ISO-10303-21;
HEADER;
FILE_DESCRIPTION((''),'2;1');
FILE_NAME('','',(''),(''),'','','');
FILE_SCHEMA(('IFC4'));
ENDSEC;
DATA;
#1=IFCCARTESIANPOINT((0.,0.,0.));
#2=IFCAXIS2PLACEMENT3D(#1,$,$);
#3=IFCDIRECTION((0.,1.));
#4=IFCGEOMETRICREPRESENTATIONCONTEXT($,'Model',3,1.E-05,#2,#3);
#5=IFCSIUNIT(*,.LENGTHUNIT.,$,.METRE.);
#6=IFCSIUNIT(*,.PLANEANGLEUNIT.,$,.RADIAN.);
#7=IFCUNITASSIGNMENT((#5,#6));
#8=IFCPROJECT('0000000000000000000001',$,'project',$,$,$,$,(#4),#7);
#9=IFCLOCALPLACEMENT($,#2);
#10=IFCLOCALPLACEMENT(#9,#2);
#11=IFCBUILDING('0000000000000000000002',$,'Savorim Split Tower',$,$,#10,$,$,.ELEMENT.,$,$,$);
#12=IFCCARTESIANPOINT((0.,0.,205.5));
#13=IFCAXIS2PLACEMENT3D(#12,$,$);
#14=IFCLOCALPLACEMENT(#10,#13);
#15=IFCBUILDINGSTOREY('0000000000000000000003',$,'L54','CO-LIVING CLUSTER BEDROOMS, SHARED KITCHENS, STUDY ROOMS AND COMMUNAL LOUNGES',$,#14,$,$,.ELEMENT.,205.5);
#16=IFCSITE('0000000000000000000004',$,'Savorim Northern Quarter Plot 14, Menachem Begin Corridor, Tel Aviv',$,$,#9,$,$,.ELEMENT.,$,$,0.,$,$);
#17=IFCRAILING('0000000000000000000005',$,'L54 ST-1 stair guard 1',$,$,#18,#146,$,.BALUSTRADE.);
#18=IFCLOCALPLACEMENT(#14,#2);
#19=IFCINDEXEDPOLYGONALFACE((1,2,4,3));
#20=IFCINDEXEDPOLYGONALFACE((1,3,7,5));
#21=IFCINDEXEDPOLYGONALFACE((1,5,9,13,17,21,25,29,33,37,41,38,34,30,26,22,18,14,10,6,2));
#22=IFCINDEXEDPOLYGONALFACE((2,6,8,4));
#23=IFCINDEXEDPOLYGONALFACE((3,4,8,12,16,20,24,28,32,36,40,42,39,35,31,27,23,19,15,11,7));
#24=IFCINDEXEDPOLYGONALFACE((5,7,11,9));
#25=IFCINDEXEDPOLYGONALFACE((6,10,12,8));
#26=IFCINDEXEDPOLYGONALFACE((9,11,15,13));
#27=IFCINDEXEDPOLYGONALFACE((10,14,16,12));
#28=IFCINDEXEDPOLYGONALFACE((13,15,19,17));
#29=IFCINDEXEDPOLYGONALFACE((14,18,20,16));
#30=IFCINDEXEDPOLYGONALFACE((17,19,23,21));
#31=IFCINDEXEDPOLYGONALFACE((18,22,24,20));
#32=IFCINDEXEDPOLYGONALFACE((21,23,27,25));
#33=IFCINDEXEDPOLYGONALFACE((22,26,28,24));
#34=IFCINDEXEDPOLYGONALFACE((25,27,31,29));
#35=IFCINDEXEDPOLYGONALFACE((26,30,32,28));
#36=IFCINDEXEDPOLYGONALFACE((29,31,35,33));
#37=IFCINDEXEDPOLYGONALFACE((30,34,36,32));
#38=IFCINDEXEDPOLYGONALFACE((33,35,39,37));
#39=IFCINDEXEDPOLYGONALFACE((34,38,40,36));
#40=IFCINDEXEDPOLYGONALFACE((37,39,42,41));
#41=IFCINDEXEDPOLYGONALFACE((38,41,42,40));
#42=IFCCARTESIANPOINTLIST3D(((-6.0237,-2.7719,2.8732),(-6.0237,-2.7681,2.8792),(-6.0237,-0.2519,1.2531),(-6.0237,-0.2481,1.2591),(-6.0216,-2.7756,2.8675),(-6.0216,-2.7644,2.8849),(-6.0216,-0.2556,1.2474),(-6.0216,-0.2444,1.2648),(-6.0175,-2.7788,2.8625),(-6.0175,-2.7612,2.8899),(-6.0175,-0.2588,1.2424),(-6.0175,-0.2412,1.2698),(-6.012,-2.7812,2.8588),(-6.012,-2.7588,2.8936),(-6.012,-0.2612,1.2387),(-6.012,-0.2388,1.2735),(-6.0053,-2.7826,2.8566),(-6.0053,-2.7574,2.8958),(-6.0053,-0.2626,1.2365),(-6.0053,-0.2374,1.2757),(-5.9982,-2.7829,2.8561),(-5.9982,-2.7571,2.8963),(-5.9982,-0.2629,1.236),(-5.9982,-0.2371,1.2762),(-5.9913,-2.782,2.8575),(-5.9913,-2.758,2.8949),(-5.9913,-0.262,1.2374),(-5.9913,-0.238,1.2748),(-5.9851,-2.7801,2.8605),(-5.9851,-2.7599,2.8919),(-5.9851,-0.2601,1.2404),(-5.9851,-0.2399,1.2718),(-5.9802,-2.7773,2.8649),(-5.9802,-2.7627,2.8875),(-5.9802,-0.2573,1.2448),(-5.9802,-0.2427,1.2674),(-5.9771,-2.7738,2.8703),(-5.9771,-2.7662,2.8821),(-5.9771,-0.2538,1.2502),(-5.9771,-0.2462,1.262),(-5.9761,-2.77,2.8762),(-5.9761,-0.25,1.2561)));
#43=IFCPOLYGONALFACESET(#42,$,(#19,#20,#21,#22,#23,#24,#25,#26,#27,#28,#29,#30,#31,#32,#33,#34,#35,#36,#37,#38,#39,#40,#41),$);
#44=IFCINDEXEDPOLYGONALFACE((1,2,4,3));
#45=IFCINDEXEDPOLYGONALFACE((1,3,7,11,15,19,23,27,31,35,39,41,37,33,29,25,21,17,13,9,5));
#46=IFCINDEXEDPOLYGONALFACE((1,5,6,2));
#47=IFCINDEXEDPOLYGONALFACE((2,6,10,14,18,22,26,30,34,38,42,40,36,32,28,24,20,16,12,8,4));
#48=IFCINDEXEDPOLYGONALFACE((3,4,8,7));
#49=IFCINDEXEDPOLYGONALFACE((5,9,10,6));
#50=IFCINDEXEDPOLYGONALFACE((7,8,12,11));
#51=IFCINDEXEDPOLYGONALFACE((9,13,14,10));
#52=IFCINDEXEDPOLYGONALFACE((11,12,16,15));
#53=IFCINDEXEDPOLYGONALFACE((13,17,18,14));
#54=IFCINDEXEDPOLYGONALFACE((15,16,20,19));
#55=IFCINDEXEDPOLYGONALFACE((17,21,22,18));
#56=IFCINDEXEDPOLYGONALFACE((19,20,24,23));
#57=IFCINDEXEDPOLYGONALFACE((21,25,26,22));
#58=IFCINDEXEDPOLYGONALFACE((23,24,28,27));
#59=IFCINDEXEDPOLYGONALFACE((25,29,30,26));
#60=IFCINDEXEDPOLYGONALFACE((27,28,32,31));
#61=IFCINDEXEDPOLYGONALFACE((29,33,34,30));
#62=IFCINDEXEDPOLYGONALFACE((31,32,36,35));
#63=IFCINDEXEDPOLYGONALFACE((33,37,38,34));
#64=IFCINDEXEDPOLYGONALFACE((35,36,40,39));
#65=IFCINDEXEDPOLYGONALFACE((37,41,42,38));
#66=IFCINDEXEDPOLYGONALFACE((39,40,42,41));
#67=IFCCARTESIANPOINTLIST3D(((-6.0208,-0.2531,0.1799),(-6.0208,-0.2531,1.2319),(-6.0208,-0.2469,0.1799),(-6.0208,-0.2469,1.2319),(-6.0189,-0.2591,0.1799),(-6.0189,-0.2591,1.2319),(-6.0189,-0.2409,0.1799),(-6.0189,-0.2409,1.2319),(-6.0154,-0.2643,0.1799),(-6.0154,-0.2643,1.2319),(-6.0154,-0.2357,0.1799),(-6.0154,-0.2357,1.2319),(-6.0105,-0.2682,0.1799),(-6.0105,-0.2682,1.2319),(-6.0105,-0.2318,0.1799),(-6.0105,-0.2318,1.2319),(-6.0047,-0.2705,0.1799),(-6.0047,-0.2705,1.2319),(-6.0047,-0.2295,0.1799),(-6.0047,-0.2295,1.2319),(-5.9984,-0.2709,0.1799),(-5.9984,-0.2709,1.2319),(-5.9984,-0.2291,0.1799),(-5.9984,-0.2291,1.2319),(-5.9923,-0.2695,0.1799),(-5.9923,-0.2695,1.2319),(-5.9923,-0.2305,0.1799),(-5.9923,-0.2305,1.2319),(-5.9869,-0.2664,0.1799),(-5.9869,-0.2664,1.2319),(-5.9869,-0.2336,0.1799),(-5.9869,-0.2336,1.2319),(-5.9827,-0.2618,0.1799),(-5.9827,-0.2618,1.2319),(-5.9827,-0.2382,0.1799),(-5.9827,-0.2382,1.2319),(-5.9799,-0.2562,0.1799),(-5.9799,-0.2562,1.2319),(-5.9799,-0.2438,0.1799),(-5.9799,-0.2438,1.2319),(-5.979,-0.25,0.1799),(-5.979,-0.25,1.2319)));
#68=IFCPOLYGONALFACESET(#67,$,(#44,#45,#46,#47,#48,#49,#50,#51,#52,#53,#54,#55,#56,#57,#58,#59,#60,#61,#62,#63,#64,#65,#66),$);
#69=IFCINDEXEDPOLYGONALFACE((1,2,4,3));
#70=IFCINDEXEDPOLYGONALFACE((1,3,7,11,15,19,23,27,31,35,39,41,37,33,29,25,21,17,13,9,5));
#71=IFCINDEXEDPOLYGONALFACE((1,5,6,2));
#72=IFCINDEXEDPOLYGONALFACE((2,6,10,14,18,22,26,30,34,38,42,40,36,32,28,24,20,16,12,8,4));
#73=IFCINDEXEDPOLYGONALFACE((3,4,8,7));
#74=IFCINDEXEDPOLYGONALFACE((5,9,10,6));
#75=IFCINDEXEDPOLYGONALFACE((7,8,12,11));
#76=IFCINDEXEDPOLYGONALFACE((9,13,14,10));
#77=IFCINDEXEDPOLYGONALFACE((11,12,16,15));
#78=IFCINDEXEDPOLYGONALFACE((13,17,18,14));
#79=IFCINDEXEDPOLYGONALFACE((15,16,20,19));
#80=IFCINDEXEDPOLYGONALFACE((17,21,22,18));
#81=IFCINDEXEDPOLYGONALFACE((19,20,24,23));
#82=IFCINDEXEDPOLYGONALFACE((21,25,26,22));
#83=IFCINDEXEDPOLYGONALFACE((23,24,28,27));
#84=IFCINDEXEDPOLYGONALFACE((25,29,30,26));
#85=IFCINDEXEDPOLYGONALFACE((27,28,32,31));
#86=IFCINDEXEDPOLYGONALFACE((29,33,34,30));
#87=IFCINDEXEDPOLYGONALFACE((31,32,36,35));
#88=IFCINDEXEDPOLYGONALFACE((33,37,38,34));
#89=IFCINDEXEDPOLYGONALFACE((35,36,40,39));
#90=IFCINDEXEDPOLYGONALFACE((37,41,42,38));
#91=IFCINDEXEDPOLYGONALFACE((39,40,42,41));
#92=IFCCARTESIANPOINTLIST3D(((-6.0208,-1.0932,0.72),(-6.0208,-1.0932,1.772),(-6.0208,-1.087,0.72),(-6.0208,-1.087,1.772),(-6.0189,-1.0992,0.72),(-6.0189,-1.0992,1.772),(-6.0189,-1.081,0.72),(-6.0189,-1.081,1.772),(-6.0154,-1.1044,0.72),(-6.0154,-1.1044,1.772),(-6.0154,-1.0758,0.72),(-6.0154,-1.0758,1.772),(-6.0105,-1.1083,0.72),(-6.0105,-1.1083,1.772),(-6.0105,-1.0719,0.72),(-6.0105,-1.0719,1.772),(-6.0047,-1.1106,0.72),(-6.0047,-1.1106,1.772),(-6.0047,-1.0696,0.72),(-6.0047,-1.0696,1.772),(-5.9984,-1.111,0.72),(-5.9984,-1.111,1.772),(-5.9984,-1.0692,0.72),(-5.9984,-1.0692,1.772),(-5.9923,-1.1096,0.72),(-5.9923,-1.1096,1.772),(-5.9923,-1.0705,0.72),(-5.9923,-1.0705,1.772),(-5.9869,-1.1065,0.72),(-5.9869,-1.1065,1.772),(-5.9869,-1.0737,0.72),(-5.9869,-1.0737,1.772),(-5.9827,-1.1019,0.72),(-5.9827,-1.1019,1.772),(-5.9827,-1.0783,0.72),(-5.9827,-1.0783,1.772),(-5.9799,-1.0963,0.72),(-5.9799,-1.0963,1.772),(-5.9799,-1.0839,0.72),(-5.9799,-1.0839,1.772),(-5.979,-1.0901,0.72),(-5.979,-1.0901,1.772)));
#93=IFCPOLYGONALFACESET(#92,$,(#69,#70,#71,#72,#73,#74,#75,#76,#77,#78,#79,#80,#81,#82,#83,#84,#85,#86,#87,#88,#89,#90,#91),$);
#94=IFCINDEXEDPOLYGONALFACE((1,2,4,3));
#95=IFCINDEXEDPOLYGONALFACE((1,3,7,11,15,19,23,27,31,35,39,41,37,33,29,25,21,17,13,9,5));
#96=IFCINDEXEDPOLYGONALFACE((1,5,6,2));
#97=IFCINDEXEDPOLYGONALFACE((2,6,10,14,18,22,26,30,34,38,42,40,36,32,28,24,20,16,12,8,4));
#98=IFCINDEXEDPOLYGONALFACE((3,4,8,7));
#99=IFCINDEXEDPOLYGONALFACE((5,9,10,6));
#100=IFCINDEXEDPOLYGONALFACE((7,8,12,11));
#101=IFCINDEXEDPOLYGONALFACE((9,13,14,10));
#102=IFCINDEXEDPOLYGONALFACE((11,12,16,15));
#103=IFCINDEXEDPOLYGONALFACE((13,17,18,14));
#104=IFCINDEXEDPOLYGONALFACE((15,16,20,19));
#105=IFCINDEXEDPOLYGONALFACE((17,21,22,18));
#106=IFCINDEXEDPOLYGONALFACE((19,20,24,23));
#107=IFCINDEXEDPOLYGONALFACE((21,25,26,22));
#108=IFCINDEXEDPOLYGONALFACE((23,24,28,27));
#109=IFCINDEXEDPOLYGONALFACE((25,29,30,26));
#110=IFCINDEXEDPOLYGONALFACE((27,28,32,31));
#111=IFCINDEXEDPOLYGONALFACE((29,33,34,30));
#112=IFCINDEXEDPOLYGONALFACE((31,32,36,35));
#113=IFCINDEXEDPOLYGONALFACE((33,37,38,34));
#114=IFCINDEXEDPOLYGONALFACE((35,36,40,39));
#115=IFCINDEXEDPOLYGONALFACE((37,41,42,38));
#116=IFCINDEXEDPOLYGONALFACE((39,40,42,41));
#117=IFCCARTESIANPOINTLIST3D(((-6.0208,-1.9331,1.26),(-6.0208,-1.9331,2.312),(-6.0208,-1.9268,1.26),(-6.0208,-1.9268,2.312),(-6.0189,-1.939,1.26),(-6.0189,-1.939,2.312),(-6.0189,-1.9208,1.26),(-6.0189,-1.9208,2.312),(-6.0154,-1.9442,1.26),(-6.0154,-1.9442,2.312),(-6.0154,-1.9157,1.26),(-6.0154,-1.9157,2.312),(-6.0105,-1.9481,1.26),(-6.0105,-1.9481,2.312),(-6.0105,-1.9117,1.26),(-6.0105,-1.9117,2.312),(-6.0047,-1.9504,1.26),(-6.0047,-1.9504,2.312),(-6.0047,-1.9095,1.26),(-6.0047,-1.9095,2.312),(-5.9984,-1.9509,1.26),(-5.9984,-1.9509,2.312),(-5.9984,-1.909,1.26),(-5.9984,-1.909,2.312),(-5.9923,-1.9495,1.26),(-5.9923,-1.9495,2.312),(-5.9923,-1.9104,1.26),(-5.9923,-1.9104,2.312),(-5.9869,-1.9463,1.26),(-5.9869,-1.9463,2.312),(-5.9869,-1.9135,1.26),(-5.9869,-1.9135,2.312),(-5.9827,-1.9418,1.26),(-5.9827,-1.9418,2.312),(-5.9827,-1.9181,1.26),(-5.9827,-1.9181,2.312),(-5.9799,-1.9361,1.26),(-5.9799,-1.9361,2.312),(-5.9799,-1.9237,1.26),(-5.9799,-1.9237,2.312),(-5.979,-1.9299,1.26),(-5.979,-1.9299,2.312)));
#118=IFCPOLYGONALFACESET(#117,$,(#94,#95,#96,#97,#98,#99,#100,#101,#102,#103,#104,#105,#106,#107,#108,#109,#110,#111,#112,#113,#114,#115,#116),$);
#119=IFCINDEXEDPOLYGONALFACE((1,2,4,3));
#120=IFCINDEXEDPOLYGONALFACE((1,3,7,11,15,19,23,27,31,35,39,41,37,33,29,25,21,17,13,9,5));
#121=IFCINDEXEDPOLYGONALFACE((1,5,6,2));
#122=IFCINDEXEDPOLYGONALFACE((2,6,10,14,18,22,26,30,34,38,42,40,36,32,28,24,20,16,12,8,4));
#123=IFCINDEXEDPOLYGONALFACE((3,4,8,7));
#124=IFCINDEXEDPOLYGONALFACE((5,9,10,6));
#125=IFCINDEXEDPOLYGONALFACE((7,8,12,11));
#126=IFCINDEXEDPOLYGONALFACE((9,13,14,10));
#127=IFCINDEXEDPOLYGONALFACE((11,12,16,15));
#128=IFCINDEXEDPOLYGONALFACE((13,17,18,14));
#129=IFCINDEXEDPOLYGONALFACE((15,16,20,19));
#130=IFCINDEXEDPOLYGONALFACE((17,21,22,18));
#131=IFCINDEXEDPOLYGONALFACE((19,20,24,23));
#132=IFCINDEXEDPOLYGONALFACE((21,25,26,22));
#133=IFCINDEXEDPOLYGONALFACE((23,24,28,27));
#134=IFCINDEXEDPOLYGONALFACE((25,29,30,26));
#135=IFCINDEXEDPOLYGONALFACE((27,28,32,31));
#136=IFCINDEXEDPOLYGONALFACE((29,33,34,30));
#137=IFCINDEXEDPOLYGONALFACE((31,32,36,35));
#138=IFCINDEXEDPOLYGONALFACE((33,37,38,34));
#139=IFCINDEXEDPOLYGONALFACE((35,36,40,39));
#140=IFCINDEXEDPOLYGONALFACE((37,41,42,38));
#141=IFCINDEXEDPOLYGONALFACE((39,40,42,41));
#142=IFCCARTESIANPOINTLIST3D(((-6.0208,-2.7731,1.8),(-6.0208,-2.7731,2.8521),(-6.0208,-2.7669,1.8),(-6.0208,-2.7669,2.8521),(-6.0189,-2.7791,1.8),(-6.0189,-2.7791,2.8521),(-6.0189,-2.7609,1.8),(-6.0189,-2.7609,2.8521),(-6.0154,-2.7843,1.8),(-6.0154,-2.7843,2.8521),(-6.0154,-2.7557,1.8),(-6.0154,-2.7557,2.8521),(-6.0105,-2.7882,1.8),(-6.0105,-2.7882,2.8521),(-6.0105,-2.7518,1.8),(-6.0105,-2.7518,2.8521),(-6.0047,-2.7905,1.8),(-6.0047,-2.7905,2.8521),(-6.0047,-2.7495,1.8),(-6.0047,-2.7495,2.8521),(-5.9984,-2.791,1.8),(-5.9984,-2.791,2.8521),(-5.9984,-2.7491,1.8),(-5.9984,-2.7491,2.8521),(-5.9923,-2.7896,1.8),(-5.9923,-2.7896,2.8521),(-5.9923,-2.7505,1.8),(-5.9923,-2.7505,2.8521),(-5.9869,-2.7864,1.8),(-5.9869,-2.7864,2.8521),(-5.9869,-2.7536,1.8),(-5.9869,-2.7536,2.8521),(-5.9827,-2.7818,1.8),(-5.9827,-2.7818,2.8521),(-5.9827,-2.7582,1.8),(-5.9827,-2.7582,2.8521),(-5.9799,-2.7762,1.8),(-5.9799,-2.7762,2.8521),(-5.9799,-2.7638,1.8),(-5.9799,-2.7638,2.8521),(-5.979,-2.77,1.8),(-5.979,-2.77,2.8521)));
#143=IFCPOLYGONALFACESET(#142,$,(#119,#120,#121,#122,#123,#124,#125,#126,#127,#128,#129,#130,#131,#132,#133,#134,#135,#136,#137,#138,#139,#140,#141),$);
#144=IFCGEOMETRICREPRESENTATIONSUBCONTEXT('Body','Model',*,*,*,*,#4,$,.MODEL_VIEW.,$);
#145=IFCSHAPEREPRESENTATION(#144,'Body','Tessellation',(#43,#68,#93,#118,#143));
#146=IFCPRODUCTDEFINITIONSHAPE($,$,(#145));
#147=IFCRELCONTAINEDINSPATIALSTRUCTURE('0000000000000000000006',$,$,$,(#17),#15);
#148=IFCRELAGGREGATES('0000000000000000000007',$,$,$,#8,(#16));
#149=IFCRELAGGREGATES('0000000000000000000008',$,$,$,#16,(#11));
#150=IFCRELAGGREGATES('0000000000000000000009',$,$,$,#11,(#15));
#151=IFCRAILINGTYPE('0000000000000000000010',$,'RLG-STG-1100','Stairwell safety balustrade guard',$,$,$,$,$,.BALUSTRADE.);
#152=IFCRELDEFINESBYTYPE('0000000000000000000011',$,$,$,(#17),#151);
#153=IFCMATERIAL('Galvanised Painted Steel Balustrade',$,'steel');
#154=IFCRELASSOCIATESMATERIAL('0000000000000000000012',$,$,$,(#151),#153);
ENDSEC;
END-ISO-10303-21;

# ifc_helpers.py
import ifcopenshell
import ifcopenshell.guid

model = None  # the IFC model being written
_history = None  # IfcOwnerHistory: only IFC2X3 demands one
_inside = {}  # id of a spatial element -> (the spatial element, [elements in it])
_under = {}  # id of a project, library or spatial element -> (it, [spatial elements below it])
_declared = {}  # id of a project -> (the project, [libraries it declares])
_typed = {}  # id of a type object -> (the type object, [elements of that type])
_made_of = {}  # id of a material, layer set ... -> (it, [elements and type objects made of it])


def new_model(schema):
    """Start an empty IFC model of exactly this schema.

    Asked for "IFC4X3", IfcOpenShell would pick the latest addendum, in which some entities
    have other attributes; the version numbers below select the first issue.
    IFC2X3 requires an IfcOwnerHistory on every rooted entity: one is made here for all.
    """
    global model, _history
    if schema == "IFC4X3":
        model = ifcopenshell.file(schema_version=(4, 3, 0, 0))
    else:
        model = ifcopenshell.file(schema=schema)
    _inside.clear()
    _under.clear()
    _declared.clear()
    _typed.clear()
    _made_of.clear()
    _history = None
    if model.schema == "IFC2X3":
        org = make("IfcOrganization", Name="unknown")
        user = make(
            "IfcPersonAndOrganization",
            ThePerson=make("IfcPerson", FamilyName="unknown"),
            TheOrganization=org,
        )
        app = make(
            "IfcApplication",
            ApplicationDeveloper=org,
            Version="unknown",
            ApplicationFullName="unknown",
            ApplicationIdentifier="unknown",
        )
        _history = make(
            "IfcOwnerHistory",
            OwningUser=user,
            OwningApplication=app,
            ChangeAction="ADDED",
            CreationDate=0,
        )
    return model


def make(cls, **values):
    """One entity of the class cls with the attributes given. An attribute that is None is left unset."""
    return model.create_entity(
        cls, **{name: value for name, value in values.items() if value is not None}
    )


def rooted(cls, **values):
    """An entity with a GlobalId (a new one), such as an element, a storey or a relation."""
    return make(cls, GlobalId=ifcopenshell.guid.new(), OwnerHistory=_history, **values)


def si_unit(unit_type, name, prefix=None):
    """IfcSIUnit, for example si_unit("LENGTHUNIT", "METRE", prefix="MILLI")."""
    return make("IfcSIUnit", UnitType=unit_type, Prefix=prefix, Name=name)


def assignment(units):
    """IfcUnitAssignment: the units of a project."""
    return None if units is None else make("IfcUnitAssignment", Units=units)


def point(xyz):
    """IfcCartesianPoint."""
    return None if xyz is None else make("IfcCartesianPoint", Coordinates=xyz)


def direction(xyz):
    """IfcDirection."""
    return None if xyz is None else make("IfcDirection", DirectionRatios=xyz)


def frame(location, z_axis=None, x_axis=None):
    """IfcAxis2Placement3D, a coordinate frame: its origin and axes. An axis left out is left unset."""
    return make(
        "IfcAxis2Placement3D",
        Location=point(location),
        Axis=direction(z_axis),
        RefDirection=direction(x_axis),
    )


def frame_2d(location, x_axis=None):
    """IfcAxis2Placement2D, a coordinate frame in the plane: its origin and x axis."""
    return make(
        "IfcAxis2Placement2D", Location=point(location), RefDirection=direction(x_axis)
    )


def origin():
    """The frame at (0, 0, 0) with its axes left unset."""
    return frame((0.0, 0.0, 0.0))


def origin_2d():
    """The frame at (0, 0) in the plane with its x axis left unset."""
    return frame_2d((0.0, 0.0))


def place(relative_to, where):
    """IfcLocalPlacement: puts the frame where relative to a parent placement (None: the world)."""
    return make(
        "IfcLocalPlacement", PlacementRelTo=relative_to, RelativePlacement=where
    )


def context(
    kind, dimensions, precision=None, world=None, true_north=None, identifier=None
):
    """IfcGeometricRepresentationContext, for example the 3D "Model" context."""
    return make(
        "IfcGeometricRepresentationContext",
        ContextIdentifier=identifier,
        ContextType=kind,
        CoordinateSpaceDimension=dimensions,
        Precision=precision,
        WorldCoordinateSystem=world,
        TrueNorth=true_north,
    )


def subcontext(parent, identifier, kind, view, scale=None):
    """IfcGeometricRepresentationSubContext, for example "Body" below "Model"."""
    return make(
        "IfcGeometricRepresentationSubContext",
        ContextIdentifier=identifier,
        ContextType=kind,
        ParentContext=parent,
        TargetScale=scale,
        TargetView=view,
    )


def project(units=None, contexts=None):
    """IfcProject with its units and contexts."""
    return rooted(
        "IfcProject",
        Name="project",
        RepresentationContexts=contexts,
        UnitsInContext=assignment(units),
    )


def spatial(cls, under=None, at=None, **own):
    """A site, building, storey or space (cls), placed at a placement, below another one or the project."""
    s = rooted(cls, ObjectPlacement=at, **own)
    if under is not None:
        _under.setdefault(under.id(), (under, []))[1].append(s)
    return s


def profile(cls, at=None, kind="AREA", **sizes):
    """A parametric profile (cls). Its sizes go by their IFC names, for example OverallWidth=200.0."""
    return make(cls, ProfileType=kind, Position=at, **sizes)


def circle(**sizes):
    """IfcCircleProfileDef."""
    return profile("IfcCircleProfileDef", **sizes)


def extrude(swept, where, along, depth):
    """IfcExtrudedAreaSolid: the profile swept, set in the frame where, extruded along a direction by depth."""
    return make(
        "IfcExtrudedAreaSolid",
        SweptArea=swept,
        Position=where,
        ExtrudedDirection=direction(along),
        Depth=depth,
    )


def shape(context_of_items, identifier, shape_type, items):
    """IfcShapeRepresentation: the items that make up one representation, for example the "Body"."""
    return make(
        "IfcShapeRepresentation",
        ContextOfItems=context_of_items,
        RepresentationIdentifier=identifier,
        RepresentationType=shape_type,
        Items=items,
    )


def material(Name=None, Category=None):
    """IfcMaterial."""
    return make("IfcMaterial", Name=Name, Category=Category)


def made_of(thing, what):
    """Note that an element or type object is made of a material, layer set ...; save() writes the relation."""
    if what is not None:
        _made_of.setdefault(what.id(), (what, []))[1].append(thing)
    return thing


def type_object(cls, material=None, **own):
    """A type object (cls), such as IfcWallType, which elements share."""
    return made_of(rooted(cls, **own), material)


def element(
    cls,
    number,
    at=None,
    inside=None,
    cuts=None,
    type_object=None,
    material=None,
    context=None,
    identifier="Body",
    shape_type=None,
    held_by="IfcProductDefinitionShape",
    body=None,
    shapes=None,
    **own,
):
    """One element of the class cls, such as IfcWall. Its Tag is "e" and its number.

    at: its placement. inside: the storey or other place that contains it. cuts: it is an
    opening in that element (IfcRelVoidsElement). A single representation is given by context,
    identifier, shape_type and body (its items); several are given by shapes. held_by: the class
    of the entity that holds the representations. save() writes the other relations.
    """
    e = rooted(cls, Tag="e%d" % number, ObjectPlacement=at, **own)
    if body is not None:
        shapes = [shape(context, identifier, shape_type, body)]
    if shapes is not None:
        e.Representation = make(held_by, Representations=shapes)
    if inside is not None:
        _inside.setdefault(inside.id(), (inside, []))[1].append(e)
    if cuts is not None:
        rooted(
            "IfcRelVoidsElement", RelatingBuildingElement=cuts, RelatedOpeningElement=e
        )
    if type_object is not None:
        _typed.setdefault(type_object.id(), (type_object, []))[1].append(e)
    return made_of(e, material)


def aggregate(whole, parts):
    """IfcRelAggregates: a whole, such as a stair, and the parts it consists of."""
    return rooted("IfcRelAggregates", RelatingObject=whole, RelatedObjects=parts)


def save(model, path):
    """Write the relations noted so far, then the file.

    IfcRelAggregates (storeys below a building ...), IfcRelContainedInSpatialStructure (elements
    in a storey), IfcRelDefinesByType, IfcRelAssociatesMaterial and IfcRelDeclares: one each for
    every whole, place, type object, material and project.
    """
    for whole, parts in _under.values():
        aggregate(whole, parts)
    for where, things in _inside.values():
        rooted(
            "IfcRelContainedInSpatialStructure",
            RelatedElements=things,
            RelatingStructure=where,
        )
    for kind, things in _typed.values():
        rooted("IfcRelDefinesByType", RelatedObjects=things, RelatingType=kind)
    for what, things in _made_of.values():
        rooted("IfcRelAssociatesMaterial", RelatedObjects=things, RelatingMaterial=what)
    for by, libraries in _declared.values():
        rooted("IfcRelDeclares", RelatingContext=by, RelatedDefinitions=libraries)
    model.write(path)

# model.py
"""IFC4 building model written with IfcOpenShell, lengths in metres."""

from ifc_helpers import new_model, si_unit, direction, frame, origin, origin_2d, place, context, subcontext, project, spatial, circle, extrude, material, type_object, element, save


model = new_model("IFC4")

# Units and contexts
model_context = context("Model", 3, precision=1e-05, world=origin(), true_north=direction((0.0, 1.0)))
body_context = subcontext(model_context, "Body", "Model", "MODEL_VIEW")
ifc_project = project(units=[si_unit("LENGTHUNIT", "METRE"), si_unit("PLANEANGLEUNIT", "RADIAN")], contexts=[model_context])

# Site, building, storey
site_placement = place(None, origin())
site = spatial("IfcSite", under=ifc_project, at=site_placement, Name="Savorim Northern Quarter Plot 14, Menachem Begin Corridor, Tel Aviv", CompositionType="ELEMENT", RefElevation=0.0)
building_placement = place(site_placement, origin())
building = spatial("IfcBuilding", under=site, at=building_placement, Name="Savorim Split Tower", CompositionType="ELEMENT")
storey_placement = place(building_placement, frame((0.0, 0.0, 205.5)))
storey = spatial("IfcBuildingStorey", under=building, at=storey_placement, Name="L54", Description="CO-LIVING CLUSTER BEDROOMS, SHARED KITCHENS, STUDY ROOMS AND COMMUNAL LOUNGES", CompositionType="ELEMENT", Elevation=205.5)

# Railing
ifc_material_1 = material(Name="Galvanised Painted Steel Balustrade", Category="steel")
railing_type_1 = type_object("IfcRailingType", Name="RLG-STG-1100", Description="Stairwell safety balustrade guard", PredefinedType="BALUSTRADE", material=ifc_material_1)
railing_1_placement = place(storey_placement, frame((-6.0, -0.25, 0.1799)))
element("IfcRailing", 1, at=railing_1_placement, inside=storey, type_object=railing_type_1, Name="L54 ST-1 stair guard 1", PredefinedType="BALUSTRADE", context=body_context, shape_type="SweptSolid", body=[
    extrude(circle(Radius=0.0239, at=origin_2d()), frame((0.0, 0.0, 1.0762), z_axis=(0.0, -0.841163, 0.540782), x_axis=(1.0, 0.0, 0.0)), (0.0, 0.0, 1.0), 2.9958),
    extrude(circle(Radius=0.021, at=origin_2d()), origin(), (0.0, 0.0, 1.0), 1.052),
    extrude(circle(Radius=0.021, at=origin_2d()), frame((0.0, -0.8401, 0.54)), (0.0, 0.0, 1.0), 1.052),
    extrude(circle(Radius=0.021, at=origin_2d()), frame((0.0, -1.6799, 1.0801)), (0.0, 0.0, 1.0), 1.052),
    extrude(circle(Radius=0.021, at=origin_2d()), frame((0.0, -2.52, 1.6201)), (0.0, 0.0, 1.0), 1.052),
])

save(model, "model.ifc")
